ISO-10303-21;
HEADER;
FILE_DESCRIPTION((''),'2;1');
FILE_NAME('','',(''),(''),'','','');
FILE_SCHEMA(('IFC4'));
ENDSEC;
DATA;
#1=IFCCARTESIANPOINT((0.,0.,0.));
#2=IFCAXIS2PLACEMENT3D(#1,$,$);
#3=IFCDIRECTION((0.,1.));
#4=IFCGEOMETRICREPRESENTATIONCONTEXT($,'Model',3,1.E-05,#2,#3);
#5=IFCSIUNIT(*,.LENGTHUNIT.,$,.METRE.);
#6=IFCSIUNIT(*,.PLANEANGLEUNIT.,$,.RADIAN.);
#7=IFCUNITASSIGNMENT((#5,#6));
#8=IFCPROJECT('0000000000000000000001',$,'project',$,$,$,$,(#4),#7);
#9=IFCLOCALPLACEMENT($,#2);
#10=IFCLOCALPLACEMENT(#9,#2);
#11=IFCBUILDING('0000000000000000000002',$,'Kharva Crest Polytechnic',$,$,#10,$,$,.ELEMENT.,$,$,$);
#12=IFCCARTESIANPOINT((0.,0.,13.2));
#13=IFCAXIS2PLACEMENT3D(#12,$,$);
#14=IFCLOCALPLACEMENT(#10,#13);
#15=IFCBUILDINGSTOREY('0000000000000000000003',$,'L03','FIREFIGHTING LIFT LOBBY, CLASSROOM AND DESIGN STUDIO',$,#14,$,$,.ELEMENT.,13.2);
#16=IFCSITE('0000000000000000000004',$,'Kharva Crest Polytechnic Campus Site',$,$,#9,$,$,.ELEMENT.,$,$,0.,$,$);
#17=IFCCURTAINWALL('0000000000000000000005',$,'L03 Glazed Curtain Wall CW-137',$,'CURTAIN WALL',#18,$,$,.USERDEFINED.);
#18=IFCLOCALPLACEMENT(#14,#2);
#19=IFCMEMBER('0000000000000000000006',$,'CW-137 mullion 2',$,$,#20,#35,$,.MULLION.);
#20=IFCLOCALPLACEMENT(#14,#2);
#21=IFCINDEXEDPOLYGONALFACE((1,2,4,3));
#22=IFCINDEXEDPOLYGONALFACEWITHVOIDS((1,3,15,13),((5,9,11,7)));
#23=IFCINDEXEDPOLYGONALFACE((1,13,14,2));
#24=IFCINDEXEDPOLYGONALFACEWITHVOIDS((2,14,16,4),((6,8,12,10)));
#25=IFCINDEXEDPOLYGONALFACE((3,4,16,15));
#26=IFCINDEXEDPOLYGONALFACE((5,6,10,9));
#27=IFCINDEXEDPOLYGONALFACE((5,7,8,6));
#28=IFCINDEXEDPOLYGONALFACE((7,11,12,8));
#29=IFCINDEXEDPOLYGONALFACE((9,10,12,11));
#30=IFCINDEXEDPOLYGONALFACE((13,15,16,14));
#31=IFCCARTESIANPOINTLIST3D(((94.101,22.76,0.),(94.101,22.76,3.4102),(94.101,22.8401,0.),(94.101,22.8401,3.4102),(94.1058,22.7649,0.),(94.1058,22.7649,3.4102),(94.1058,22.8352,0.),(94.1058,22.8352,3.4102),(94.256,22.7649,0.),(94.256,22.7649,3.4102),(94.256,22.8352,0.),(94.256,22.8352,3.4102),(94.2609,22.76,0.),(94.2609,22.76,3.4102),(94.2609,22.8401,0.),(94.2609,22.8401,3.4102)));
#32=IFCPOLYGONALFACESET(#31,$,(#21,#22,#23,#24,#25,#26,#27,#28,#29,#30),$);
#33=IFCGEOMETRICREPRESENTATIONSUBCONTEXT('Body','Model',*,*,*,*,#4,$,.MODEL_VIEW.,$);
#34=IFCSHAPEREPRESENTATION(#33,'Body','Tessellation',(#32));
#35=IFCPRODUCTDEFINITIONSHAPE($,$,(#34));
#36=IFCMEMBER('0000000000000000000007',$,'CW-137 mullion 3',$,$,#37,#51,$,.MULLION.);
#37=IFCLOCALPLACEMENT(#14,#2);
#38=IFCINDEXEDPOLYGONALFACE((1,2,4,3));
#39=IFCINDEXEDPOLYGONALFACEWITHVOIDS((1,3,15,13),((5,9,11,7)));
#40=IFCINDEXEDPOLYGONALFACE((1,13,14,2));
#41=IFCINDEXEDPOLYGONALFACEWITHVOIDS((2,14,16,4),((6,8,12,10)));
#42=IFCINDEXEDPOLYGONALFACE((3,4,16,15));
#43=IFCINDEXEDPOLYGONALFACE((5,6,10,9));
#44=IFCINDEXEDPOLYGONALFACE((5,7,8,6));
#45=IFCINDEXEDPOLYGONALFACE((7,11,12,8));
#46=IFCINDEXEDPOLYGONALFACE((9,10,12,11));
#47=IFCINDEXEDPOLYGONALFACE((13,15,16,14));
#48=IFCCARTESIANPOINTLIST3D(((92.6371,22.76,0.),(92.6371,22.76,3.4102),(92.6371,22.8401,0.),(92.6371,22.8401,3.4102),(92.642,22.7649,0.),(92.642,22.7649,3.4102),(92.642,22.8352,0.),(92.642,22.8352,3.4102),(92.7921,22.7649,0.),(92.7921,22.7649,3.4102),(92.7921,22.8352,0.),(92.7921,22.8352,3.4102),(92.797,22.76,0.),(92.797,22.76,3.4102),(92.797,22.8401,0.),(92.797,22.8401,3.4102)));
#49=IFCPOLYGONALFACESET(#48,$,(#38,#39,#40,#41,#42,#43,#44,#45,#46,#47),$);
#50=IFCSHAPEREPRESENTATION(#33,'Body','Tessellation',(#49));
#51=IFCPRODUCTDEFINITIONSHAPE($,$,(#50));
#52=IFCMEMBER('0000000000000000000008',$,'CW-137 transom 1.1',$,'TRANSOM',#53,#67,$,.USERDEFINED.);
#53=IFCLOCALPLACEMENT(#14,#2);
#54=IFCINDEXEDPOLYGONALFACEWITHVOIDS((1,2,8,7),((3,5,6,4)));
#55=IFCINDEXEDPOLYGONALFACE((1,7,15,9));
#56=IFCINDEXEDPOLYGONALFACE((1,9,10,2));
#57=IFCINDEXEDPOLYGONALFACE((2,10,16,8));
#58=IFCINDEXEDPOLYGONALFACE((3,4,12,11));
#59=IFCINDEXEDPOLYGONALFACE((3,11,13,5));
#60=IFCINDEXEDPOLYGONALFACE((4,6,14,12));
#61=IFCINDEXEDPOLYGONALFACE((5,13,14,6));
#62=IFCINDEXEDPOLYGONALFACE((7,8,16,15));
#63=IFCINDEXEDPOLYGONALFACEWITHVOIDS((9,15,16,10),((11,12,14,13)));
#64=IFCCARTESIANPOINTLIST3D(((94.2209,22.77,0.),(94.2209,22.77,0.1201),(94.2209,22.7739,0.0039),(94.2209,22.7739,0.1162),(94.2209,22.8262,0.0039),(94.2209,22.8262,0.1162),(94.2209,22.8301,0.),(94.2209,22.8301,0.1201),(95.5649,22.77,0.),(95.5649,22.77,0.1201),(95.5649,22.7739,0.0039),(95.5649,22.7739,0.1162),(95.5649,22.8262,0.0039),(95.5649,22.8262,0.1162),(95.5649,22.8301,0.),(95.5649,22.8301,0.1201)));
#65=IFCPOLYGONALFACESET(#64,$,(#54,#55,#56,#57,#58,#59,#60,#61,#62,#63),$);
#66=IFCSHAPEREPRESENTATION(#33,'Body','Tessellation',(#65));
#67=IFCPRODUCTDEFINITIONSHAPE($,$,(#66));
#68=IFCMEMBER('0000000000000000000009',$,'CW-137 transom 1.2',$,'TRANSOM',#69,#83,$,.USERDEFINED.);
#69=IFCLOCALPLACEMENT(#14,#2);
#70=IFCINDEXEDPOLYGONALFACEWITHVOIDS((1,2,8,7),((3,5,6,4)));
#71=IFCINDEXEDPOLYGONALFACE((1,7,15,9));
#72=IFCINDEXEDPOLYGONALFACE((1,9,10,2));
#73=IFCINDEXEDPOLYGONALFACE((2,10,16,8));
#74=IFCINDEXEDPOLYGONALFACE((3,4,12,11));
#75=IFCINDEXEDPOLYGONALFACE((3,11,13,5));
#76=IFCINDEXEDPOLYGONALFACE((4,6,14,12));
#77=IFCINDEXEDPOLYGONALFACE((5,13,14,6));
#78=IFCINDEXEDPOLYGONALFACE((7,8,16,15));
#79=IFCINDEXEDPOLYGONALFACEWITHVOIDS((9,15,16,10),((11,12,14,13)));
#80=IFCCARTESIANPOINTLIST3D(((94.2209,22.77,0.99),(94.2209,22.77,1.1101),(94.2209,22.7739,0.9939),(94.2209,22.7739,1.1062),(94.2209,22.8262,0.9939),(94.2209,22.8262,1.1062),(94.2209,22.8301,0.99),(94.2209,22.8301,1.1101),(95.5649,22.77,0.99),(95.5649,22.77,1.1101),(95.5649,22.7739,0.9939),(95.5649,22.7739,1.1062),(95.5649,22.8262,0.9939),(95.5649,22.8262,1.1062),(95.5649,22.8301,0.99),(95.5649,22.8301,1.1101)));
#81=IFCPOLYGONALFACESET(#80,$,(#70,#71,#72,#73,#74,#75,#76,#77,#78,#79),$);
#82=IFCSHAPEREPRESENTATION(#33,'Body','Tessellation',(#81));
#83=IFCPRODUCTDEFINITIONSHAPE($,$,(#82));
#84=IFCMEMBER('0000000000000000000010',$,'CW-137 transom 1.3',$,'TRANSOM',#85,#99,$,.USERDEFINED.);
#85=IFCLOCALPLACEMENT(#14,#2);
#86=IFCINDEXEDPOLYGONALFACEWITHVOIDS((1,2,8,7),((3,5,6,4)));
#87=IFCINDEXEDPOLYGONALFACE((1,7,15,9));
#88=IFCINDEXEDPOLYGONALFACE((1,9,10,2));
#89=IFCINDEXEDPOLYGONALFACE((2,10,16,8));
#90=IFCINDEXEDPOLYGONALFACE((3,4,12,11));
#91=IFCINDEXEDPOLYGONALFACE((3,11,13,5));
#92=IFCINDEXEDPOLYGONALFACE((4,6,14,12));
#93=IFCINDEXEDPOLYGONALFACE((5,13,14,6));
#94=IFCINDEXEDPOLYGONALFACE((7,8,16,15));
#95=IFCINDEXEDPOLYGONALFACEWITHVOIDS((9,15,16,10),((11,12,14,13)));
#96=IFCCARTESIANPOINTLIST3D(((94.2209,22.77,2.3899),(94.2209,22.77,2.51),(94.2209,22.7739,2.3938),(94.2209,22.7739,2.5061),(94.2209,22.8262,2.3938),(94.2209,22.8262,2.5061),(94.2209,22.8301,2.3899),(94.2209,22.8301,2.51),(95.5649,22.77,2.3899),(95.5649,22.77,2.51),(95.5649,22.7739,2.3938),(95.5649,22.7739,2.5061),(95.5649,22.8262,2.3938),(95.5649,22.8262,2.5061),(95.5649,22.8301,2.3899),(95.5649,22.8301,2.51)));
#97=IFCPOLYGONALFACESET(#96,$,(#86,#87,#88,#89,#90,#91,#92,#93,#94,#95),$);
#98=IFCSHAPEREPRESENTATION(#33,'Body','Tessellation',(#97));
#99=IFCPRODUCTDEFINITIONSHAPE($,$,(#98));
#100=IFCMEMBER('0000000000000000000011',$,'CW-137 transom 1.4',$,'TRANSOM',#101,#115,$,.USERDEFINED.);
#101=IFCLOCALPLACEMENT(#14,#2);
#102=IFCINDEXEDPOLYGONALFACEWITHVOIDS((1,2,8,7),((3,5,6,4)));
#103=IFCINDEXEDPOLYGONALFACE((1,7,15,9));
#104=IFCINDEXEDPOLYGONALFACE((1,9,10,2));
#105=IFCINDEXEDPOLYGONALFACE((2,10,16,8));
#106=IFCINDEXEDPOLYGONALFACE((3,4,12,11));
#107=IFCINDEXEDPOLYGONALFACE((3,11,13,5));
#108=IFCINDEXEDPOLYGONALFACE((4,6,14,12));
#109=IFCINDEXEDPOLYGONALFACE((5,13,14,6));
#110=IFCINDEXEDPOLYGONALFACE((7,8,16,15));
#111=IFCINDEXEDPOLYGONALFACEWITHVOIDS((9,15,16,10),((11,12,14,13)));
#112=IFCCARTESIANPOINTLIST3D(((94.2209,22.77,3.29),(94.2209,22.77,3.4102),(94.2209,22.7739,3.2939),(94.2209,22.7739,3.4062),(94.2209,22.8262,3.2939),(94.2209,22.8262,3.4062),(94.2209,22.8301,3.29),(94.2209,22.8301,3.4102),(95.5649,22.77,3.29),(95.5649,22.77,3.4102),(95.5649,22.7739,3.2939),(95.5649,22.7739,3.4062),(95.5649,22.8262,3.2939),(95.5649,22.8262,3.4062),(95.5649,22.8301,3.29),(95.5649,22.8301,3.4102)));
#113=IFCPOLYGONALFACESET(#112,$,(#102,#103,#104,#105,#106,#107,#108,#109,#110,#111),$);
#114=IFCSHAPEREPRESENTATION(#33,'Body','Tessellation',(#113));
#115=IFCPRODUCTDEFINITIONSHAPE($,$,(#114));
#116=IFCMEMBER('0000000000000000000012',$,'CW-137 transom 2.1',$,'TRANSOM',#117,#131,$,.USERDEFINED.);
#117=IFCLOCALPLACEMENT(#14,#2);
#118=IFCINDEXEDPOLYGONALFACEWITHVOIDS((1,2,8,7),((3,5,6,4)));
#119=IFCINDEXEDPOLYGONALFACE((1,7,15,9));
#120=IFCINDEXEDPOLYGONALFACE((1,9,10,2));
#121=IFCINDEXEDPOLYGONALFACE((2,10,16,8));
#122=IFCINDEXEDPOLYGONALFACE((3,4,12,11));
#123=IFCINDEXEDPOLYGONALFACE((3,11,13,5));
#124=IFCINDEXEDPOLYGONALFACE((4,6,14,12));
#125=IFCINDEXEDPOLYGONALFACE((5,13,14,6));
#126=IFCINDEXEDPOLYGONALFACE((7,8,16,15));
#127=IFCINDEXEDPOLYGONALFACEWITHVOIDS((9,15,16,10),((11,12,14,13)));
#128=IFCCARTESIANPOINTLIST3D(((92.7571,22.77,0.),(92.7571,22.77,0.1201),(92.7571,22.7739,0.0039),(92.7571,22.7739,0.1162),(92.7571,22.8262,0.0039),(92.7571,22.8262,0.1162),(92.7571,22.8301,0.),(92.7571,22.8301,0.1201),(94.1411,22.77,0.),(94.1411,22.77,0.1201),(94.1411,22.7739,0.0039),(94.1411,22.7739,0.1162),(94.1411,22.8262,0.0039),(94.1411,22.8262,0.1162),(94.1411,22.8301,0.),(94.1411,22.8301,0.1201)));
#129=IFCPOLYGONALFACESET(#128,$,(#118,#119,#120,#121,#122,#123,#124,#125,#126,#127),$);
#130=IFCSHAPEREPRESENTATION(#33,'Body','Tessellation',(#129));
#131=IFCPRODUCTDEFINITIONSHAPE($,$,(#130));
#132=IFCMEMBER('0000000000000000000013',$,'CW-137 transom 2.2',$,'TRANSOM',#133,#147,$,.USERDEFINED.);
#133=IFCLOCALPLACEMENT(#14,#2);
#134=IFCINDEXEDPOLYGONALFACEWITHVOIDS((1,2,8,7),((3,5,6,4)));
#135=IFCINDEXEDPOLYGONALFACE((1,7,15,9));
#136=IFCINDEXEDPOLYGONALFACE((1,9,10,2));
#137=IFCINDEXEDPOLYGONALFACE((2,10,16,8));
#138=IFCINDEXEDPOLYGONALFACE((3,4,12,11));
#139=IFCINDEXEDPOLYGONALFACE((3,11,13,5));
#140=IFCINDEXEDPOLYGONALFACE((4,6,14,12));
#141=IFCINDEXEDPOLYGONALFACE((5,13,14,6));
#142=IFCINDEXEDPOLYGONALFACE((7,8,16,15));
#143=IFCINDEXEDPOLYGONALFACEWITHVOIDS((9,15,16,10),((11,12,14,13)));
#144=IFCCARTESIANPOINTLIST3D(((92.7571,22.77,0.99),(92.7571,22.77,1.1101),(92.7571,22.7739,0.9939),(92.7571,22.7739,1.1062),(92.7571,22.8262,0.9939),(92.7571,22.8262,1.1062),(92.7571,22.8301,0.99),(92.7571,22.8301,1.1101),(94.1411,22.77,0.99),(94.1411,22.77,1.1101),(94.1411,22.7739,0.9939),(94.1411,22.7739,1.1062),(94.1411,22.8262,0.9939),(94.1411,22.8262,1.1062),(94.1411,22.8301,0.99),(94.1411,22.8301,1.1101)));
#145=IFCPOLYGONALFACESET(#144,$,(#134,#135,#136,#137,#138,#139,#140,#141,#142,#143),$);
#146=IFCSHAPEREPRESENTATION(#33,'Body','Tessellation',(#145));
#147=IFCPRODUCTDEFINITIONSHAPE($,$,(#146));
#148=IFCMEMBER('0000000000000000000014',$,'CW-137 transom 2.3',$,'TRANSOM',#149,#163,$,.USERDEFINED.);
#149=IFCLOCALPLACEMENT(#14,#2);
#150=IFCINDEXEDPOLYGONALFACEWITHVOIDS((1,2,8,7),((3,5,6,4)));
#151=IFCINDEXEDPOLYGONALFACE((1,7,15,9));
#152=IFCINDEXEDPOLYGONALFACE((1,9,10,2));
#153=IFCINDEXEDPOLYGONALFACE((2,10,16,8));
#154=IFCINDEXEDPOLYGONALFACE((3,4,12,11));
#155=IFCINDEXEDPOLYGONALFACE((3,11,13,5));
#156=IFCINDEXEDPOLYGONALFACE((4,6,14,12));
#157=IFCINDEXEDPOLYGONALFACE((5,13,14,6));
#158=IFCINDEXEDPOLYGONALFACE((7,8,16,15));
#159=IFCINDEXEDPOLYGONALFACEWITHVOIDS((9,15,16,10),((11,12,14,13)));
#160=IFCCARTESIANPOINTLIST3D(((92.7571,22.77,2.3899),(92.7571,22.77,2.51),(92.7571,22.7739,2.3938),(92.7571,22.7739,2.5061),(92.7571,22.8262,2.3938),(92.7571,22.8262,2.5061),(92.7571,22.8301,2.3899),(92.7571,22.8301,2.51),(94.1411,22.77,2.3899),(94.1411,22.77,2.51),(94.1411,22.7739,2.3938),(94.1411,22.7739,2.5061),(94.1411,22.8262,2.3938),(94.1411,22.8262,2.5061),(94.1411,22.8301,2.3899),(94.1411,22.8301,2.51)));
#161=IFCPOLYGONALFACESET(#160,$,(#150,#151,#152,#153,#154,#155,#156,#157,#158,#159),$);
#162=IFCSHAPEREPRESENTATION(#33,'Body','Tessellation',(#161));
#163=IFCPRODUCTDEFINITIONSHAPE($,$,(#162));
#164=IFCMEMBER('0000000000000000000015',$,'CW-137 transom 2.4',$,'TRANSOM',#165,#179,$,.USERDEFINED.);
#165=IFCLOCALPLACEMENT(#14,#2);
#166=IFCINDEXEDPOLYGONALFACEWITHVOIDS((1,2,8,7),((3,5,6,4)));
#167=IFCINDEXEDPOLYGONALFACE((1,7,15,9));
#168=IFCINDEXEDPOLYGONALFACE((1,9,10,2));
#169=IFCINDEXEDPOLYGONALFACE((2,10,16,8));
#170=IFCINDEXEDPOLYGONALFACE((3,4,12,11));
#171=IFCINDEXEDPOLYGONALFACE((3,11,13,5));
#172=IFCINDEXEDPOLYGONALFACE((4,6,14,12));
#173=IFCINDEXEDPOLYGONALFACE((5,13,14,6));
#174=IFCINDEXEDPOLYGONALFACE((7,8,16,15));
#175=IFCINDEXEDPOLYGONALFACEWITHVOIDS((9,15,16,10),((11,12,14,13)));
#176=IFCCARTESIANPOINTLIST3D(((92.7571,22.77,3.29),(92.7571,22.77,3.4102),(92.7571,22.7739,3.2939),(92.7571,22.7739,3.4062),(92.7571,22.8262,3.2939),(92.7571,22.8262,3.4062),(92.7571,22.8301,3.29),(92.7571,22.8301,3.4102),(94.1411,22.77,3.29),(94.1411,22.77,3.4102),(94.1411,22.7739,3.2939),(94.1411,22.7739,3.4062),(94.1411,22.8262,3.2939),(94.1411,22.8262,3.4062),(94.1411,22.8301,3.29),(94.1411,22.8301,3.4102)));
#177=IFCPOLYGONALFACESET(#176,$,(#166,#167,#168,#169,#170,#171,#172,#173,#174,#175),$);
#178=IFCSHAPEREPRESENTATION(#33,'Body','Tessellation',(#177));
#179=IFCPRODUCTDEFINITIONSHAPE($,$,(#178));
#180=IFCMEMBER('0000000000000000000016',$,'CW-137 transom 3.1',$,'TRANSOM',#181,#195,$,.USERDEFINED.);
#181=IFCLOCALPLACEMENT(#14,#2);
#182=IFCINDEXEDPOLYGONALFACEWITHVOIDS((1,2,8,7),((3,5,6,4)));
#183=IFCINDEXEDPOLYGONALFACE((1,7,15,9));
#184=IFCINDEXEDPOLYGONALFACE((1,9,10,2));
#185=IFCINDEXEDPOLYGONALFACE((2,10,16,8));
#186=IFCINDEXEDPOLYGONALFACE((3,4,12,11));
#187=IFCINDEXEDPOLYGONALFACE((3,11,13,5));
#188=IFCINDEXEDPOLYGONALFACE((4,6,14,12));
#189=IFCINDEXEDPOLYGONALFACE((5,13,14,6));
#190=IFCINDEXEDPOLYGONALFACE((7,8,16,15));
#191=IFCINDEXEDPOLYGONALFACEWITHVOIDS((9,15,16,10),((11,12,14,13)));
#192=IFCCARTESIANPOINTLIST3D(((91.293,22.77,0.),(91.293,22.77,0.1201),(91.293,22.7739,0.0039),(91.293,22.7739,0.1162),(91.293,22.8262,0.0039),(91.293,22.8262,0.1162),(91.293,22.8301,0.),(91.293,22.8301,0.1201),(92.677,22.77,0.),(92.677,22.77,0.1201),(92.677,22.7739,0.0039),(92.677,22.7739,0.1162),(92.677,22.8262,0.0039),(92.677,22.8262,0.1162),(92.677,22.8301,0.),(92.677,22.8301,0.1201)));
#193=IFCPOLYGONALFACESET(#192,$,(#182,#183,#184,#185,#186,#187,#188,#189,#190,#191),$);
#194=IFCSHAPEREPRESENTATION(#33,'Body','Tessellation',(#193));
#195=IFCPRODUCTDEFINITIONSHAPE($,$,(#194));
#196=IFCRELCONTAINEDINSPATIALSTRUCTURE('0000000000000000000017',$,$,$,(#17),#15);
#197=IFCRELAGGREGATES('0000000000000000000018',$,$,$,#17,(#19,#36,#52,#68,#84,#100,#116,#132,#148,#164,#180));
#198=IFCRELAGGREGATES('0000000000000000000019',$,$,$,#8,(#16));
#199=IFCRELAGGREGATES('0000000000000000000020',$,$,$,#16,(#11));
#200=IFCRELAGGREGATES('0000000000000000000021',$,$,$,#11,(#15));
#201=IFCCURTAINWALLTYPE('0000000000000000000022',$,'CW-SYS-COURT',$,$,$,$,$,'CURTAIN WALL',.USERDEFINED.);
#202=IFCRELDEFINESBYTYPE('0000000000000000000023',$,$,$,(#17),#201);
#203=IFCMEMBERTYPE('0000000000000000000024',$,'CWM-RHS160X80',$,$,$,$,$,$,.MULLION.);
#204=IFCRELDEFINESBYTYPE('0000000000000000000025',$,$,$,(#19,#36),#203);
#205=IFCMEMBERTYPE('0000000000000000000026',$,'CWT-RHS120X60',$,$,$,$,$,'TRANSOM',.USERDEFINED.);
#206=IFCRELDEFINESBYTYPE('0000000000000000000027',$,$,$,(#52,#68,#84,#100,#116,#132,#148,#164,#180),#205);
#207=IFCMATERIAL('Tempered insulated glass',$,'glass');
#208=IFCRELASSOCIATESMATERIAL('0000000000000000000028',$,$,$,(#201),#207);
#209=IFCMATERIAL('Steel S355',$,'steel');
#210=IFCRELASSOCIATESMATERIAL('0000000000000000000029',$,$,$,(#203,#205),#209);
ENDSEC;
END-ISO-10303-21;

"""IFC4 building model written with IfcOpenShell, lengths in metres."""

from ifc_helpers import new_model, si_unit, direction, frame, origin, origin_2d, place, context, subcontext, project, spatial, hollow_rectangle, extrude, material, material_profile, profile_set, type_object, element, aggregate, save


model = new_model("IFC4")

# Units and contexts
model_context = context("Model", 3, precision=1e-05, world=origin(), true_north=direction((0.0, 1.0)))
body_context = subcontext(model_context, "Body", "Model", "MODEL_VIEW")
ifc_project = project(units=[si_unit("LENGTHUNIT", "METRE"), si_unit("PLANEANGLEUNIT", "RADIAN")], contexts=[model_context])

# Site, building, storey
site_placement = place(None, origin())
site = spatial("IfcSite", under=ifc_project, at=site_placement, Name="Kharva Crest Polytechnic Campus Site", CompositionType="ELEMENT", RefElevation=0.0)
building_placement = place(site_placement, origin())
building = spatial("IfcBuilding", under=site, at=building_placement, Name="Kharva Crest Polytechnic", CompositionType="ELEMENT")
storey_placement = place(building_placement, frame((0.0, 0.0, 13.2)))
storey = spatial("IfcBuildingStorey", under=building, at=storey_placement, Name="L03", Description="FIREFIGHTING LIFT LOBBY, CLASSROOM AND DESIGN STUDIO", CompositionType="ELEMENT", Elevation=13.2)

# Curtain wall, members
ifc_material_1 = material(Name="Tempered insulated glass", Category="glass")
curtain_wall_type = type_object("IfcCurtainWallType", Name="CW-SYS-COURT", ElementType="CURTAIN WALL", PredefinedType="USERDEFINED", material=ifc_material_1)
curtain_wall_placement = place(storey_placement, origin())
curtain_wall = element("IfcCurtainWall", 1, at=curtain_wall_placement, inside=storey, type_object=curtain_wall_type, Name="L03 Glazed Curtain Wall CW-137", ObjectType="CURTAIN WALL", PredefinedType="USERDEFINED")
ifc_material_2 = material(Name="Steel S355", Category="steel")
ifc_material_profile_1 = material_profile(ifc_material_2, hollow_rectangle(XDim=0.0801, YDim=0.1599, WallThickness=0.0049, at=origin_2d()), Name="RHS 160X80X5.0")
ifc_profile_set_1 = profile_set([ifc_material_profile_1], Name="Steel S355")
member_type_1 = type_object("IfcMemberType", Name="CWM-RHS160X80", PredefinedType="MULLION", material=ifc_profile_set_1)
member_1_placement = place(storey_placement, frame((94.1809, 22.8, 0.0), z_axis=(0.0, 0.0, 1.0), x_axis=(0.0, -1.0, 0.0)))
member_1 = element("IfcMember", 2, at=member_1_placement, type_object=member_type_1, Name="CW-137 mullion 2", PredefinedType="MULLION", context=body_context, shape_type="SweptSolid", body=[
    extrude(hollow_rectangle(XDim=0.0801, YDim=0.1599, WallThickness=0.0049, at=origin_2d()), origin(), (0.0, 0.0, 1.0), 3.4102),
])
member_2_placement = place(storey_placement, frame((92.717, 22.8, 0.0), z_axis=(0.0, 0.0, 1.0), x_axis=(0.0, -1.0, 0.0)))
member_2 = element("IfcMember", 3, at=member_2_placement, type_object=member_type_1, Name="CW-137 mullion 3", PredefinedType="MULLION", context=body_context, shape_type="SweptSolid", body=[
    extrude(hollow_rectangle(XDim=0.0801, YDim=0.1599, WallThickness=0.0049, at=origin_2d()), origin(), (0.0, 0.0, 1.0), 3.4102),
])
ifc_material_profile_2 = material_profile(ifc_material_2, hollow_rectangle(XDim=0.0601, YDim=0.1201, WallThickness=0.0039, at=origin_2d()), Name="RHS 120X60X4.0")
ifc_profile_set_2 = profile_set([ifc_material_profile_2], Name="Steel S355")
member_type_2 = type_object("IfcMemberType", Name="CWT-RHS120X60", ElementType="TRANSOM", PredefinedType="USERDEFINED", material=ifc_profile_set_2)
member_3_placement = place(storey_placement, frame((95.5649, 22.8, 0.0601), z_axis=(-1.0, 0.0, 0.0), x_axis=(0.0, -1.0, 0.0)))
member_3 = element("IfcMember", 4, at=member_3_placement, type_object=member_type_2, Name="CW-137 transom 1.1", ObjectType="TRANSOM", PredefinedType="USERDEFINED", context=body_context, shape_type="SweptSolid", body=[
    extrude(hollow_rectangle(XDim=0.0601, YDim=0.1201, WallThickness=0.0039, at=origin_2d()), origin(), (0.0, 0.0, 1.0), 1.344),
])
member_4_placement = place(storey_placement, frame((95.5649, 22.8, 1.05), z_axis=(-1.0, 0.0, 0.0), x_axis=(0.0, -1.0, 0.0)))
member_4 = element("IfcMember", 5, at=member_4_placement, type_object=member_type_2, Name="CW-137 transom 1.2", ObjectType="TRANSOM", PredefinedType="USERDEFINED", context=body_context, shape_type="SweptSolid", body=[
    extrude(hollow_rectangle(XDim=0.0601, YDim=0.1201, WallThickness=0.0039, at=origin_2d()), origin(), (0.0, 0.0, 1.0), 1.344),
])
member_5_placement = place(storey_placement, frame((95.5649, 22.8, 2.45), z_axis=(-1.0, 0.0, 0.0), x_axis=(0.0, -1.0, 0.0)))
member_5 = element("IfcMember", 6, at=member_5_placement, type_object=member_type_2, Name="CW-137 transom 1.3", ObjectType="TRANSOM", PredefinedType="USERDEFINED", context=body_context, shape_type="SweptSolid", body=[
    extrude(hollow_rectangle(XDim=0.0601, YDim=0.1201, WallThickness=0.0039, at=origin_2d()), origin(), (0.0, 0.0, 1.0), 1.344),
])
member_6_placement = place(storey_placement, frame((95.5649, 22.8, 3.3501), z_axis=(-1.0, 0.0, 0.0), x_axis=(0.0, -1.0, 0.0)))
member_6 = element("IfcMember", 7, at=member_6_placement, type_object=member_type_2, Name="CW-137 transom 1.4", ObjectType="TRANSOM", PredefinedType="USERDEFINED", context=body_context, shape_type="SweptSolid", body=[
    extrude(hollow_rectangle(XDim=0.0601, YDim=0.1201, WallThickness=0.0039, at=origin_2d()), origin(), (0.0, 0.0, 1.0), 1.344),
])
member_7_placement = place(storey_placement, frame((94.1411, 22.8, 0.0601), z_axis=(-1.0, 0.0, 0.0), x_axis=(0.0, -1.0, 0.0)))
member_7 = element("IfcMember", 8, at=member_7_placement, type_object=member_type_2, Name="CW-137 transom 2.1", ObjectType="TRANSOM", PredefinedType="USERDEFINED", context=body_context, shape_type="SweptSolid", body=[
    extrude(hollow_rectangle(XDim=0.0601, YDim=0.1201, WallThickness=0.0039, at=origin_2d()), origin(), (0.0, 0.0, 1.0), 1.384),
])
member_8_placement = place(storey_placement, frame((94.1411, 22.8, 1.05), z_axis=(-1.0, 0.0, 0.0), x_axis=(0.0, -1.0, 0.0)))
member_8 = element("IfcMember", 9, at=member_8_placement, type_object=member_type_2, Name="CW-137 transom 2.2", ObjectType="TRANSOM", PredefinedType="USERDEFINED", context=body_context, shape_type="SweptSolid", body=[
    extrude(hollow_rectangle(XDim=0.0601, YDim=0.1201, WallThickness=0.0039, at=origin_2d()), origin(), (0.0, 0.0, 1.0), 1.384),
])
member_9_placement = place(storey_placement, frame((94.1411, 22.8, 2.45), z_axis=(-1.0, 0.0, 0.0), x_axis=(0.0, -1.0, 0.0)))
member_9 = element("IfcMember", 10, at=member_9_placement, type_object=member_type_2, Name="CW-137 transom 2.3", ObjectType="TRANSOM", PredefinedType="USERDEFINED", context=body_context, shape_type="SweptSolid", body=[
    extrude(hollow_rectangle(XDim=0.0601, YDim=0.1201, WallThickness=0.0039, at=origin_2d()), origin(), (0.0, 0.0, 1.0), 1.384),
])
member_10_placement = place(storey_placement, frame((94.1411, 22.8, 3.3501), z_axis=(-1.0, 0.0, 0.0), x_axis=(0.0, -1.0, 0.0)))
member_10 = element("IfcMember", 11, at=member_10_placement, type_object=member_type_2, Name="CW-137 transom 2.4", ObjectType="TRANSOM", PredefinedType="USERDEFINED", context=body_context, shape_type="SweptSolid", body=[
    extrude(hollow_rectangle(XDim=0.0601, YDim=0.1201, WallThickness=0.0039, at=origin_2d()), origin(), (0.0, 0.0, 1.0), 1.384),
])
member_11_placement = place(storey_placement, frame((92.677, 22.8, 0.0601), z_axis=(-1.0, 0.0, 0.0), x_axis=(0.0, -1.0, 0.0)))
member_11 = element("IfcMember", 12, at=member_11_placement, type_object=member_type_2, Name="CW-137 transom 3.1", ObjectType="TRANSOM", PredefinedType="USERDEFINED", context=body_context, shape_type="SweptSolid", body=[
    extrude(hollow_rectangle(XDim=0.0601, YDim=0.1201, WallThickness=0.0039, at=origin_2d()), origin(), (0.0, 0.0, 1.0), 1.384),
])
aggregate(curtain_wall, [member_1, member_2, member_3, member_4, member_5, member_6, member_7, member_8, member_9, member_10, member_11])

save(model, "model.ifc")
